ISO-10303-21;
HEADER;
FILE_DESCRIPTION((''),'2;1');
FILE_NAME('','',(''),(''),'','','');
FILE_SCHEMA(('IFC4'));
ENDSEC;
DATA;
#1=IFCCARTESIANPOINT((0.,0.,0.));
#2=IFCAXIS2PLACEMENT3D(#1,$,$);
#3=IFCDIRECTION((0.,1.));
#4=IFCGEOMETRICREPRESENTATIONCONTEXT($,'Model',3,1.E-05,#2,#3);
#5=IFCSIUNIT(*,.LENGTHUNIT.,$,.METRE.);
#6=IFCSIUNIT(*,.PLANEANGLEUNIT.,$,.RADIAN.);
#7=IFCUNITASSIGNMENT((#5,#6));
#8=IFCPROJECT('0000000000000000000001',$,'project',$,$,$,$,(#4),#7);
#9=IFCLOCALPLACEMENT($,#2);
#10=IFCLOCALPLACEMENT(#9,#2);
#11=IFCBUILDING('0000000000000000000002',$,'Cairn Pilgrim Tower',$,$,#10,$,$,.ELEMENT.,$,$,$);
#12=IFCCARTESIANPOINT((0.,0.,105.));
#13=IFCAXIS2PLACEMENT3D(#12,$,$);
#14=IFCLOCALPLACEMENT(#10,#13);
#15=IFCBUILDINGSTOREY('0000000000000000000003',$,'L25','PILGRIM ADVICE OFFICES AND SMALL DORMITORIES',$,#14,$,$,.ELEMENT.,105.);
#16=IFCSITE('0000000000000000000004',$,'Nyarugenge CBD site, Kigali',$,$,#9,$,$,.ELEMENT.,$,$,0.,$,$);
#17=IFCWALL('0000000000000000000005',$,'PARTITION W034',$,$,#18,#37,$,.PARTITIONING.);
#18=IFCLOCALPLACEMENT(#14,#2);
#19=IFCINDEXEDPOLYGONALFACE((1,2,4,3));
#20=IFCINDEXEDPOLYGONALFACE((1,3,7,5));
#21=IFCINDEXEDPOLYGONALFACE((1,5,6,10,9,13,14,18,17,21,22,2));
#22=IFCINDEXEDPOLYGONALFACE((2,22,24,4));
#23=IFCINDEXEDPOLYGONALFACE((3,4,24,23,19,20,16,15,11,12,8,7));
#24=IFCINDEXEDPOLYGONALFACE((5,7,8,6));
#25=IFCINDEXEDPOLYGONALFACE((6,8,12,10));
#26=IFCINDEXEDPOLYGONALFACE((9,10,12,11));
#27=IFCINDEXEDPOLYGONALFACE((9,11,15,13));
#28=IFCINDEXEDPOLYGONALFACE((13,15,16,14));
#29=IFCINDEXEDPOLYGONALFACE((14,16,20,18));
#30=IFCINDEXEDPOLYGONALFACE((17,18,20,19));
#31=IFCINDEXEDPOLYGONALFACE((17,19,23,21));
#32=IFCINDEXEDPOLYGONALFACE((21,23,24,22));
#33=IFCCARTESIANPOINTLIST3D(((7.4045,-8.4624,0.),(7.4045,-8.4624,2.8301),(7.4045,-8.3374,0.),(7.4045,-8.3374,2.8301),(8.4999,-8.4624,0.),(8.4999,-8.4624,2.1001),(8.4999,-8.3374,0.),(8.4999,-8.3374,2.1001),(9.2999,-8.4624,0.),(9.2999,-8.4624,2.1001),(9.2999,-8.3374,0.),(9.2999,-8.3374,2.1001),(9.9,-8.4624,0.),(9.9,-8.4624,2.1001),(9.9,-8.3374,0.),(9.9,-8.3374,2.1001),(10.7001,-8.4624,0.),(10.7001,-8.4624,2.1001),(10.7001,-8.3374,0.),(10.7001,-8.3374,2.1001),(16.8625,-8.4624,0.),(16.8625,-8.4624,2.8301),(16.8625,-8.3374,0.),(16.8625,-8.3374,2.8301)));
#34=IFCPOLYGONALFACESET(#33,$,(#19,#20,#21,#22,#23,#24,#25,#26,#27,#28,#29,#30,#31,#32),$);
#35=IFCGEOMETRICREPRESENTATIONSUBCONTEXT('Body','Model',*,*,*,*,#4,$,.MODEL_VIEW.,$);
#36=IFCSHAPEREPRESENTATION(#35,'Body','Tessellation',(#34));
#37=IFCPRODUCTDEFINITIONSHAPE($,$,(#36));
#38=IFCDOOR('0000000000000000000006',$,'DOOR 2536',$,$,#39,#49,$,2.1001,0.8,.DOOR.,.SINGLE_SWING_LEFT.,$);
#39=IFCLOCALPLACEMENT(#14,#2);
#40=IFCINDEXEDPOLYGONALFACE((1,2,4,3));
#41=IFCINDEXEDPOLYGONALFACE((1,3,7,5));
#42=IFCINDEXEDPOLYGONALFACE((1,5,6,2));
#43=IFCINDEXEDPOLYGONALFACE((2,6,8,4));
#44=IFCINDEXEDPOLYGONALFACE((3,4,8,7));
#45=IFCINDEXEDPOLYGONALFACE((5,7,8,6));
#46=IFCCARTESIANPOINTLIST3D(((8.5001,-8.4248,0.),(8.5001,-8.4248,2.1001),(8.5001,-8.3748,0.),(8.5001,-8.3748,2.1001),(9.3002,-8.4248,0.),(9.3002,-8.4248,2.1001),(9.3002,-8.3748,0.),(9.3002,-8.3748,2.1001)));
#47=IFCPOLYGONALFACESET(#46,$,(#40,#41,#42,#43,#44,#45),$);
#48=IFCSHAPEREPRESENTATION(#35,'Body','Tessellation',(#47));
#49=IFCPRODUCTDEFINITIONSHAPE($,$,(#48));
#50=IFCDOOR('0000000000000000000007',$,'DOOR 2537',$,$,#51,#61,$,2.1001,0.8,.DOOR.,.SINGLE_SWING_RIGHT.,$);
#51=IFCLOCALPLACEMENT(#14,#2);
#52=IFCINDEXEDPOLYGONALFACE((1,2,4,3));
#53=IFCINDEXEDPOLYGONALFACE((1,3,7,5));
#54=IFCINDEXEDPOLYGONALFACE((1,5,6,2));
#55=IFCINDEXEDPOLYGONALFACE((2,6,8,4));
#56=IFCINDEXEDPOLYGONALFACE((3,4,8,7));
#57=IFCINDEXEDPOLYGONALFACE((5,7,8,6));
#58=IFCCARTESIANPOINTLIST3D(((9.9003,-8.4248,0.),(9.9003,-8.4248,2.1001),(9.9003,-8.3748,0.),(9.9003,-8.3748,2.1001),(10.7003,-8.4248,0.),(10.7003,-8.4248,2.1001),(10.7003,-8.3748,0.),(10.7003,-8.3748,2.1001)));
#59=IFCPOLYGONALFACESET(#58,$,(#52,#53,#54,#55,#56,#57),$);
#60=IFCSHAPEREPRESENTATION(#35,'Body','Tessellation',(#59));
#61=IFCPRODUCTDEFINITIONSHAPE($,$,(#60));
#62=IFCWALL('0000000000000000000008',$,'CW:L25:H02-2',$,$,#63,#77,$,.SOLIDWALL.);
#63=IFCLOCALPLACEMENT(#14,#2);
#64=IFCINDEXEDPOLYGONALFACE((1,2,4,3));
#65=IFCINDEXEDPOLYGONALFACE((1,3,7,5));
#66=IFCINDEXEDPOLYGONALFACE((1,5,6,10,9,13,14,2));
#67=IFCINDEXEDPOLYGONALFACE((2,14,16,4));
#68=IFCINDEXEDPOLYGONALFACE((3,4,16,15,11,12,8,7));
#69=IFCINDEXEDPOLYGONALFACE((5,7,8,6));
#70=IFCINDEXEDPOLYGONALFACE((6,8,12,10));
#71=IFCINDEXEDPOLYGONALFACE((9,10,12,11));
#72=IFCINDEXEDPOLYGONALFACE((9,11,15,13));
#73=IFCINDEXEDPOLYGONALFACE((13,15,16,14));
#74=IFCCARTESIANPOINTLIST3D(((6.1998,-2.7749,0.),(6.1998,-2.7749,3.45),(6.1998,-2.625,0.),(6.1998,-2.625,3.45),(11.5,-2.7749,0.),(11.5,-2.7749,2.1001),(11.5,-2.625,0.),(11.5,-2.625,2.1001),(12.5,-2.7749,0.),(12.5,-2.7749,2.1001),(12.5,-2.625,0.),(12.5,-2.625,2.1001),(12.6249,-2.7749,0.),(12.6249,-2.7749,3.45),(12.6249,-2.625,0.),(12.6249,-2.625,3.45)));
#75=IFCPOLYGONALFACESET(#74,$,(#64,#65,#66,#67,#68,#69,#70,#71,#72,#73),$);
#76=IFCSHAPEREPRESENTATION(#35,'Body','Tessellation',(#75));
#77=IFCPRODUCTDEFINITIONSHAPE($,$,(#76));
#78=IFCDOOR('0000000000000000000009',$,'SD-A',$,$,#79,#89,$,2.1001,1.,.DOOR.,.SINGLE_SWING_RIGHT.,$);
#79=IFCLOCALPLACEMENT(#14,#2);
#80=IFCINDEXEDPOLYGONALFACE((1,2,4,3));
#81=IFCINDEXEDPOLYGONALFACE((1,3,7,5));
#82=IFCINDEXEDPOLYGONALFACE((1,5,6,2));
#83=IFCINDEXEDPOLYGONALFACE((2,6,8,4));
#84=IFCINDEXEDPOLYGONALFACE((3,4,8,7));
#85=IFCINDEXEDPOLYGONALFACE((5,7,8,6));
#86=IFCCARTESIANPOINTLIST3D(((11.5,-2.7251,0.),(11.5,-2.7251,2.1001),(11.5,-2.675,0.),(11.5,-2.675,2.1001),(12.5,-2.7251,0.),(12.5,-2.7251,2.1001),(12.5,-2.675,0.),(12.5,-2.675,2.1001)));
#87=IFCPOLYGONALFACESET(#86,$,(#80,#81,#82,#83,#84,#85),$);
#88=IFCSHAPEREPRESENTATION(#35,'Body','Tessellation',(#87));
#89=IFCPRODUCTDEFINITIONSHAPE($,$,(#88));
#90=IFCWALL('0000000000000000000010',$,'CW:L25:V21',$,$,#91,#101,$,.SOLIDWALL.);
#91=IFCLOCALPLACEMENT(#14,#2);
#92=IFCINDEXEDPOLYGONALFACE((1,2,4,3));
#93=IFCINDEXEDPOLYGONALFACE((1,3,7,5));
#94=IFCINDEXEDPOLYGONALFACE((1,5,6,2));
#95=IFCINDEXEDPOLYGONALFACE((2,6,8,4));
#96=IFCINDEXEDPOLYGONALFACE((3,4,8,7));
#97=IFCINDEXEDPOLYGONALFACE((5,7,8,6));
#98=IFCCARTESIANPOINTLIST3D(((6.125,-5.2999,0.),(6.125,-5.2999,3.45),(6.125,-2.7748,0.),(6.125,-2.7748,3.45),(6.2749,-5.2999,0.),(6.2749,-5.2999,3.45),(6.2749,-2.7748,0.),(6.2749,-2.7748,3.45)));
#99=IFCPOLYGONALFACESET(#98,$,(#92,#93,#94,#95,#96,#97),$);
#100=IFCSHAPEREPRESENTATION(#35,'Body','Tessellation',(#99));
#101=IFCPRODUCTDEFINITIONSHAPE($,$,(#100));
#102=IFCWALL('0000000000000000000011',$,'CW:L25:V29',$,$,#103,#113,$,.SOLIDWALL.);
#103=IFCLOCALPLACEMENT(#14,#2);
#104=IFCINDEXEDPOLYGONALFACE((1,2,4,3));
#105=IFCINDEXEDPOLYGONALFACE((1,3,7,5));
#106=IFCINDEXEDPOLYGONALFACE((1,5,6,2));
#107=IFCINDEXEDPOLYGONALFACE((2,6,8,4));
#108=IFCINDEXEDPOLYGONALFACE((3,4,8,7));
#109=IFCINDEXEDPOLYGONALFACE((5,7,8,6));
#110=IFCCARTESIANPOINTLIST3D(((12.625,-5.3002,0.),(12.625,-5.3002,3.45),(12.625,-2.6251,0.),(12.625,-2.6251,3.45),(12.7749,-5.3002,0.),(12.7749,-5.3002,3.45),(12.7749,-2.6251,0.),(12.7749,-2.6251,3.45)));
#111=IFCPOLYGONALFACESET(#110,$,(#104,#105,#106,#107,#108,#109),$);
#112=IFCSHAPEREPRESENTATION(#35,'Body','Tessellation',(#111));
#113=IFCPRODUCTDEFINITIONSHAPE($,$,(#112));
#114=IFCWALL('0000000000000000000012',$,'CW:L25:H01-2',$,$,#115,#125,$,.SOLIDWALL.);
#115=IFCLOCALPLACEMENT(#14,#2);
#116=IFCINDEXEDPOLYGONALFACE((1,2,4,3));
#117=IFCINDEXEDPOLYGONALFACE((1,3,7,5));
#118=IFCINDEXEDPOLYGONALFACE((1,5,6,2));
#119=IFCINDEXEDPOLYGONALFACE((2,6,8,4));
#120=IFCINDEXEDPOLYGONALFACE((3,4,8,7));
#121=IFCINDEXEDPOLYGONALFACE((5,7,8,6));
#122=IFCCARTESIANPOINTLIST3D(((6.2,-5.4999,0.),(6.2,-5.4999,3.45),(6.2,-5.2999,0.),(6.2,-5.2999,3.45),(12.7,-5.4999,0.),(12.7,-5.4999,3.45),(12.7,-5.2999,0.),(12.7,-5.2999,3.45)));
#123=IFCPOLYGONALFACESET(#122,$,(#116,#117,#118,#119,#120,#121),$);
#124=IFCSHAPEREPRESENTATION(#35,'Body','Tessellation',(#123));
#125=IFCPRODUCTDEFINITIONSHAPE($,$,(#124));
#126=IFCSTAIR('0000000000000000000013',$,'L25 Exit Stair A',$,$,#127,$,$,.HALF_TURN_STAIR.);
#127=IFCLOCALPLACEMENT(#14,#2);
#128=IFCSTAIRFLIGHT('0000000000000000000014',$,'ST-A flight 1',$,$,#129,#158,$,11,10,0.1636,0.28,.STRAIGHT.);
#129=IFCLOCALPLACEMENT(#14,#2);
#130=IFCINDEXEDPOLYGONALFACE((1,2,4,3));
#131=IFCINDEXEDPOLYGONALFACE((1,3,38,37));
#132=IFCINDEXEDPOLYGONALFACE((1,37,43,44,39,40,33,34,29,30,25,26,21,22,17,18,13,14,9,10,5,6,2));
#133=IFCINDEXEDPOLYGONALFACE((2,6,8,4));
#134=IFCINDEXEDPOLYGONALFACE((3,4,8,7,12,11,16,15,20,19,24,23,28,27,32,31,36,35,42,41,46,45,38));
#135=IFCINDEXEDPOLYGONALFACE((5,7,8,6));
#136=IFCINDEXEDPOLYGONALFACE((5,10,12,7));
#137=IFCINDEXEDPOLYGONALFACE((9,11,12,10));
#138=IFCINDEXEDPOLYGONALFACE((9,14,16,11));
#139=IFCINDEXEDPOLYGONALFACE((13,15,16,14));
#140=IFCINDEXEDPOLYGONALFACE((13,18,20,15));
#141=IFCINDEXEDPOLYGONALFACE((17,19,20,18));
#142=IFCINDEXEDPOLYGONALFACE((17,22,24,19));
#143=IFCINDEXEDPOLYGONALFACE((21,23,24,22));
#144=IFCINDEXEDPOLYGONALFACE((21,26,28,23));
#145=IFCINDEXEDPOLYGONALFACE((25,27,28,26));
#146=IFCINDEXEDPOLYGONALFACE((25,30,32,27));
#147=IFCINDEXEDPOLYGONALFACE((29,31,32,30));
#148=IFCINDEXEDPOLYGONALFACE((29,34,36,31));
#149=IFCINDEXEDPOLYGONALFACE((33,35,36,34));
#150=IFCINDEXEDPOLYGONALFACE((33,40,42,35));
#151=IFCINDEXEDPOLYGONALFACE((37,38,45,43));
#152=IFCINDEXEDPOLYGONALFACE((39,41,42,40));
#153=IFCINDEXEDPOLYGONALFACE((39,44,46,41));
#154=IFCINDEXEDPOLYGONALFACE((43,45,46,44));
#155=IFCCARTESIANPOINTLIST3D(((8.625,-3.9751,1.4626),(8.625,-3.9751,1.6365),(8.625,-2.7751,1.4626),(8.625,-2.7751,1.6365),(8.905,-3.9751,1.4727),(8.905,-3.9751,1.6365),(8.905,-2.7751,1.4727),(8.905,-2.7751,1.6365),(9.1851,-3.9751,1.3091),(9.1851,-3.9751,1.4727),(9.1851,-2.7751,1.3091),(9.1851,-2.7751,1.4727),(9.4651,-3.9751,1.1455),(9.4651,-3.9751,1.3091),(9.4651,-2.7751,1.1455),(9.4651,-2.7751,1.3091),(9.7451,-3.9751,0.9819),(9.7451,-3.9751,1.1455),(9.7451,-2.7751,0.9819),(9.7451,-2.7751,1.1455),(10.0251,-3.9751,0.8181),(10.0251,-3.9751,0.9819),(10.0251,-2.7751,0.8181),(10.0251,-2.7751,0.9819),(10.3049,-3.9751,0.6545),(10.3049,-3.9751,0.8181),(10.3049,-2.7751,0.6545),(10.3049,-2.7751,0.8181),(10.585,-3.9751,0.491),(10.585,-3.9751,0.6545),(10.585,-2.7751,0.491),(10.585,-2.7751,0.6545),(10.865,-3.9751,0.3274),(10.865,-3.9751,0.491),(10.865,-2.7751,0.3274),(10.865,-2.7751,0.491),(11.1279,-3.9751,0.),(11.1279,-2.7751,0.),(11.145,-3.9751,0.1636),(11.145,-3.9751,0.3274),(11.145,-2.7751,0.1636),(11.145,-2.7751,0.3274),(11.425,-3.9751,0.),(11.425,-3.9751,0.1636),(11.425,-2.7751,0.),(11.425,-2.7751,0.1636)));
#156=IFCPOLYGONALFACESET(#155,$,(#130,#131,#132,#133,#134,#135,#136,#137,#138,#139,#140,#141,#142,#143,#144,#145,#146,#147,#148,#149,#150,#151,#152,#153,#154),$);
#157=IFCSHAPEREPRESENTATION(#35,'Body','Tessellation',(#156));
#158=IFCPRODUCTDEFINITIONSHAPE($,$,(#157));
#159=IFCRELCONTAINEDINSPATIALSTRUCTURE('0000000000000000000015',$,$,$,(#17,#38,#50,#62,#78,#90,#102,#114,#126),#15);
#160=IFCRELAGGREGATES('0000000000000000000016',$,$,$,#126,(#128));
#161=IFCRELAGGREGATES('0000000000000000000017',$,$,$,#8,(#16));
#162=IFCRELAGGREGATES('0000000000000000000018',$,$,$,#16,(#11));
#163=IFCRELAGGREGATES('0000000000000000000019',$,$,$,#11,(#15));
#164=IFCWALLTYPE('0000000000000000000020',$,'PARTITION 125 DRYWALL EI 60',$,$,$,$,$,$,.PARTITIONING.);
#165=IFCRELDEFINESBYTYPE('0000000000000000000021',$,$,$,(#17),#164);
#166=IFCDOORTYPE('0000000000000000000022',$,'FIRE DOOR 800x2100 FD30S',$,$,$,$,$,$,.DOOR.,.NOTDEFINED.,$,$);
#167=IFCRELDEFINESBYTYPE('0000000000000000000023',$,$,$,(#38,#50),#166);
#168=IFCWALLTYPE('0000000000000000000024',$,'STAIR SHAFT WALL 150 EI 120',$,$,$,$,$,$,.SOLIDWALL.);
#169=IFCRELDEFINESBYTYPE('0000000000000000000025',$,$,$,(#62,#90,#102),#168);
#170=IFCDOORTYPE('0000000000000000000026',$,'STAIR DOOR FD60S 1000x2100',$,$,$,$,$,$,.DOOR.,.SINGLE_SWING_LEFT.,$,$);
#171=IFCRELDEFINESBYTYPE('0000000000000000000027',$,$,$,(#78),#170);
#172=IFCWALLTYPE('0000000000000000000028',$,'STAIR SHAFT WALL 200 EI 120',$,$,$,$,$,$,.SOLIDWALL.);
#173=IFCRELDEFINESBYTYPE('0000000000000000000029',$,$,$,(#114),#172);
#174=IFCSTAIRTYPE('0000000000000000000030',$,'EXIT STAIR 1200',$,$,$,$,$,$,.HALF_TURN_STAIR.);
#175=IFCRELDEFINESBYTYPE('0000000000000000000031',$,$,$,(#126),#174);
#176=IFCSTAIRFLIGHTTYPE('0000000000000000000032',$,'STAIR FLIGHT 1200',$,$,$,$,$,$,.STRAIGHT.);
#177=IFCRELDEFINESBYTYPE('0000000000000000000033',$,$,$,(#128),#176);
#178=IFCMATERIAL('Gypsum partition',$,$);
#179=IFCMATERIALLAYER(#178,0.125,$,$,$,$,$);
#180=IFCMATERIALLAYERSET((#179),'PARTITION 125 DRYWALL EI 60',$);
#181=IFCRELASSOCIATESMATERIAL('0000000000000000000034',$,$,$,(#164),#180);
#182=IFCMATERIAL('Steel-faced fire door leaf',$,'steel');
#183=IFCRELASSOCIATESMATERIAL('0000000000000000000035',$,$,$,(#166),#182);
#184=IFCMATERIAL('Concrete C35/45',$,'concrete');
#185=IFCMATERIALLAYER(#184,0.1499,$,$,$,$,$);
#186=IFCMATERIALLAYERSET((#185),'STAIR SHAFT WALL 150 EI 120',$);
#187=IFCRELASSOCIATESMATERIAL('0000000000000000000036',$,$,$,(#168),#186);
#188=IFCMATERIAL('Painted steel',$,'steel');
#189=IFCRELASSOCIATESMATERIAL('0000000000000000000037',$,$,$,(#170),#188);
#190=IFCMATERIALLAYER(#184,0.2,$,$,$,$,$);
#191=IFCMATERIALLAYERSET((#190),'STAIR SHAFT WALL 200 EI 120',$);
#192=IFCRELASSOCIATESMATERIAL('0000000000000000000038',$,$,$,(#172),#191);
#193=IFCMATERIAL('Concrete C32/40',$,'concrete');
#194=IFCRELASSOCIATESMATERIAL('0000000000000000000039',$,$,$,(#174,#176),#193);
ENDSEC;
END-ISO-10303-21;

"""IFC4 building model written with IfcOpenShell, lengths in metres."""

from ifc_helpers import new_model, si_unit, direction, frame, frame_2d, origin, place, context, subcontext, project, spatial, polyline, rectangle, outline, extrude, material, layer, layer_set, type_object, element, fill, aggregate, save


model = new_model("IFC4")

# Units and contexts
model_context = context("Model", 3, precision=1e-05, world=origin(), true_north=direction((0.0, 1.0)))
body_context = subcontext(model_context, "Body", "Model", "MODEL_VIEW")
ifc_project = project(units=[si_unit("LENGTHUNIT", "METRE"), si_unit("PLANEANGLEUNIT", "RADIAN")], contexts=[model_context])

# Site, building, storey
site_placement = place(None, origin())
site = spatial("IfcSite", under=ifc_project, at=site_placement, Name="Nyarugenge CBD site, Kigali", CompositionType="ELEMENT", RefElevation=0.0)
building_placement = place(site_placement, origin())
building = spatial("IfcBuilding", under=site, at=building_placement, Name="Cairn Pilgrim Tower", CompositionType="ELEMENT")
storey_placement = place(building_placement, frame((0.0, 0.0, 105.0)))
storey = spatial("IfcBuildingStorey", under=building, at=storey_placement, Name="L25", Description="PILGRIM ADVICE OFFICES AND SMALL DORMITORIES", CompositionType="ELEMENT", Elevation=105.0)

# Shared definitions
ifc_material_1 = material(Name="Concrete C32/40", Category="concrete")

# Shared definitions
ifc_material_2 = material(Name="Painted steel", Category="steel")

# Wall, openings, doors
ifc_material_3 = material(Name="Gypsum partition")
ifc_layer_1 = layer(ifc_material_3, 0.125)
ifc_layer_set_1 = layer_set([ifc_layer_1], Name="PARTITION 125 DRYWALL EI 60")
wall_type_1 = type_object("IfcWallType", Name="PARTITION 125 DRYWALL EI 60", PredefinedType="PARTITIONING", material=ifc_layer_set_1)
wall_1_placement = place(storey_placement, frame((7.4045, -8.3999, 0.0), z_axis=(0.0, 0.0, 1.0), x_axis=(1.0, 0.0, 0.0)))
wall_1 = element("IfcWall", 1, at=wall_1_placement, inside=storey, type_object=wall_type_1, Name="PARTITION W034", PredefinedType="PARTITIONING", context=body_context, shape_type="SweptSolid", body=[
    extrude(rectangle(XDim=9.458, YDim=0.125, at=frame_2d((4.729, 0.0))), origin(), (0.0, 0.0, 1.0), 2.8301),
])
opening_1_placement = place(wall_1_placement, frame((1.0955, 0.0, 0.0)))
opening_1 = element("IfcOpeningElement", 2, at=opening_1_placement, cuts=wall_1, PredefinedType="OPENING", context=body_context, shape_type="SweptSolid", body=[
    extrude(rectangle(XDim=0.8, YDim=2.1001, at=frame_2d((0.3999, 1.05))), frame((0.0, 0.0725, 0.0), z_axis=(0.0, -1.0, 0.0), x_axis=(1.0, 0.0, 0.0)), (0.0, 0.0, 1.0), 0.145),
])
opening_2_placement = place(wall_1_placement, frame((2.4956, 0.0, 0.0)))
opening_2 = element("IfcOpeningElement", 3, at=opening_2_placement, cuts=wall_1, PredefinedType="OPENING", context=body_context, shape_type="SweptSolid", body=[
    extrude(rectangle(XDim=0.8, YDim=2.1001, at=frame_2d((0.3999, 1.05))), frame((0.0, 0.0725, 0.0), z_axis=(0.0, -1.0, 0.0), x_axis=(1.0, 0.0, 0.0)), (0.0, 0.0, 1.0), 0.145),
])
ifc_material_4 = material(Name="Steel-faced fire door leaf", Category="steel")
door_type_1 = type_object("IfcDoorType", Name="FIRE DOOR 800x2100 FD30S", OperationType="NOTDEFINED", PredefinedType="DOOR", material=ifc_material_4)
door_1_placement = place(opening_1_placement, frame((0.8, 0.0, 0.0), z_axis=(0.0, 0.0, 1.0), x_axis=(-1.0, 0.0, 0.0)))
door_1 = element("IfcDoor", 4, at=door_1_placement, inside=storey, type_object=door_type_1, Name="DOOR 2536", OperationType="SINGLE_SWING_LEFT", OverallHeight=2.1001, OverallWidth=0.8, PredefinedType="DOOR", context=body_context, shape_type="SweptSolid", body=[
    extrude(rectangle(XDim=0.8, YDim=2.1001, at=frame_2d((0.3999, 1.05))), frame((0.0, 0.0249, 0.0), z_axis=(0.0, -1.0, 0.0), x_axis=(1.0, 0.0, 0.0)), (0.0, 0.0, 1.0), 0.05),
])
fill(opening_1, door_1)
door_2_placement = place(opening_2_placement, frame((0.8, 0.0, 0.0), z_axis=(0.0, 0.0, 1.0), x_axis=(-1.0, 0.0, 0.0)))
door_2 = element("IfcDoor", 5, at=door_2_placement, inside=storey, type_object=door_type_1, Name="DOOR 2537", OperationType="SINGLE_SWING_RIGHT", OverallHeight=2.1001, OverallWidth=0.8, PredefinedType="DOOR", context=body_context, shape_type="SweptSolid", body=[
    extrude(rectangle(XDim=0.8, YDim=2.1001, at=frame_2d((0.3999, 1.05))), frame((0.0, 0.0249, 0.0), z_axis=(0.0, -1.0, 0.0), x_axis=(1.0, 0.0, 0.0)), (0.0, 0.0, 1.0), 0.05),
])
fill(opening_2, door_2)

# Wall, opening, door
ifc_material_5 = material(Name="Concrete C35/45", Category="concrete")
ifc_layer_2 = layer(ifc_material_5, 0.1499)
ifc_layer_set_2 = layer_set([ifc_layer_2], Name="STAIR SHAFT WALL 150 EI 120")
wall_type_2 = type_object("IfcWallType", Name="STAIR SHAFT WALL 150 EI 120", PredefinedType="SOLIDWALL", material=ifc_layer_set_2)
wall_2_placement = place(storey_placement, frame((6.2, -2.7, 0.0), z_axis=(0.0, 0.0, 1.0), x_axis=(1.0, 0.0, 0.0)))
wall_2 = element("IfcWall", 6, at=wall_2_placement, inside=storey, type_object=wall_type_2, Name="CW:L25:H02-2", PredefinedType="SOLIDWALL", context=body_context, shape_type="SweptSolid", body=[
    extrude(rectangle(XDim=6.425, YDim=0.1499, at=frame_2d((3.2124, 0.0))), origin(), (0.0, 0.0, 1.0), 3.45),
])
opening_3_placement = place(wall_2_placement, frame((5.3, 0.0, 0.0)))
opening_3 = element("IfcOpeningElement", 7, at=opening_3_placement, cuts=wall_2, PredefinedType="OPENING", context=body_context, shape_type="SweptSolid", body=[
    extrude(rectangle(XDim=1.0, YDim=2.1001, at=frame_2d((0.5, 1.05))), frame((0.0, 0.085, 0.0), z_axis=(0.0, -1.0, 0.0), x_axis=(1.0, 0.0, 0.0)), (0.0, 0.0, 1.0), 0.1699),
])
door_type_2 = type_object("IfcDoorType", Name="STAIR DOOR FD60S 1000x2100", OperationType="SINGLE_SWING_LEFT", PredefinedType="DOOR", material=ifc_material_2)
door_3_placement = place(opening_3_placement, origin())
door_3 = element("IfcDoor", 8, at=door_3_placement, inside=storey, type_object=door_type_2, Name="SD-A", OperationType="SINGLE_SWING_RIGHT", OverallHeight=2.1001, OverallWidth=1.0, PredefinedType="DOOR", context=body_context, shape_type="SweptSolid", body=[
    extrude(rectangle(XDim=1.0, YDim=2.1001, at=frame_2d((0.5, 1.05))), frame((0.0, 0.0249, 0.0), z_axis=(0.0, -1.0, 0.0), x_axis=(1.0, 0.0, 0.0)), (0.0, 0.0, 1.0), 0.05),
])
fill(opening_3, door_3)

# Walls
wall_3_placement = place(storey_placement, frame((6.2, -5.3, 0.0), z_axis=(0.0, 0.0, 1.0), x_axis=(0.0, 1.0, 0.0)))
element("IfcWall", 9, at=wall_3_placement, inside=storey, type_object=wall_type_2, Name="CW:L25:V21", PredefinedType="SOLIDWALL", context=body_context, shape_type="SweptSolid", body=[
    extrude(rectangle(XDim=2.5251, YDim=0.1499, at=frame_2d((1.2627, 0.0))), origin(), (0.0, 0.0, 1.0), 3.45),
])
wall_4_placement = place(storey_placement, frame((12.7, -5.3, 0.0), z_axis=(0.0, 0.0, 1.0), x_axis=(0.0, 1.0, 0.0)))
element("IfcWall", 10, at=wall_4_placement, inside=storey, type_object=wall_type_2, Name="CW:L25:V29", PredefinedType="SOLIDWALL", context=body_context, shape_type="SweptSolid", body=[
    extrude(rectangle(XDim=2.675, YDim=0.1499, at=frame_2d((1.3374, 0.0))), origin(), (0.0, 0.0, 1.0), 3.45),
])
ifc_layer_3 = layer(ifc_material_5, 0.2)
ifc_layer_set_3 = layer_set([ifc_layer_3], Name="STAIR SHAFT WALL 200 EI 120")
wall_type_3 = type_object("IfcWallType", Name="STAIR SHAFT WALL 200 EI 120", PredefinedType="SOLIDWALL", material=ifc_layer_set_3)
wall_5_placement = place(storey_placement, frame((6.2, -5.3999, 0.0), z_axis=(0.0, 0.0, 1.0), x_axis=(1.0, 0.0, 0.0)))
element("IfcWall", 11, at=wall_5_placement, inside=storey, type_object=wall_type_3, Name="CW:L25:H01-2", PredefinedType="SOLIDWALL", context=body_context, shape_type="SweptSolid", body=[
    extrude(rectangle(XDim=6.5, YDim=0.2, at=frame_2d((3.25, 0.0))), origin(), (0.0, 0.0, 1.0), 3.45),
])

# Stair, stair flight
stair_type = type_object("IfcStairType", Name="EXIT STAIR 1200", PredefinedType="HALF_TURN_STAIR", material=ifc_material_1)
stair_placement = place(storey_placement, origin())
stair = element("IfcStair", 12, at=stair_placement, inside=storey, type_object=stair_type, Name="L25 Exit Stair A", PredefinedType="HALF_TURN_STAIR")
stair_flight_type = type_object("IfcStairFlightType", Name="STAIR FLIGHT 1200", PredefinedType="STRAIGHT", material=ifc_material_1)
stair_flight_1_placement = place(storey_placement, frame((11.425, -3.375, 0.0), z_axis=(0.0, 0.0, 1.0), x_axis=(-1.0, 0.0, 0.0)))
stair_flight_1 = element("IfcStairFlight", 13, at=stair_flight_1_placement, type_object=stair_flight_type, Name="ST-A flight 1", NumberOfRisers=11, NumberOfTreads=10, PredefinedType="STRAIGHT", RiserHeight=0.1636, TreadLength=0.28, context=body_context, shape_type="SweptSolid", body=[
    extrude(outline(polyline([(0.0, 0.0), (0.0, 0.1636), (0.28, 0.1636), (0.28, 0.3274), (0.5601, 0.3274), (0.5601, 0.491), (0.8401, 0.491), (0.8401, 0.6545), (1.1201, 0.6545), (1.1201, 0.8181), (1.3999, 0.8181), (1.3999, 0.9819), (1.6799, 0.9819), (1.6799, 1.1455), (1.96, 1.1455), (1.96, 1.3091), (2.24, 1.3091), (2.24, 1.4727), (2.52, 1.4727), (2.52, 1.6365), (2.8, 1.6365), (2.8, 1.8), (2.8, 1.4626), (0.2971, 0.0), (0.0, 0.0)])), frame((0.0, 0.6001, 0.0), z_axis=(0.0, -1.0, 0.0), x_axis=(1.0, 0.0, 0.0)), (0.0, 0.0, 1.0), 1.2),
])
aggregate(stair, [stair_flight_1])

save(model, "model.ifc")
